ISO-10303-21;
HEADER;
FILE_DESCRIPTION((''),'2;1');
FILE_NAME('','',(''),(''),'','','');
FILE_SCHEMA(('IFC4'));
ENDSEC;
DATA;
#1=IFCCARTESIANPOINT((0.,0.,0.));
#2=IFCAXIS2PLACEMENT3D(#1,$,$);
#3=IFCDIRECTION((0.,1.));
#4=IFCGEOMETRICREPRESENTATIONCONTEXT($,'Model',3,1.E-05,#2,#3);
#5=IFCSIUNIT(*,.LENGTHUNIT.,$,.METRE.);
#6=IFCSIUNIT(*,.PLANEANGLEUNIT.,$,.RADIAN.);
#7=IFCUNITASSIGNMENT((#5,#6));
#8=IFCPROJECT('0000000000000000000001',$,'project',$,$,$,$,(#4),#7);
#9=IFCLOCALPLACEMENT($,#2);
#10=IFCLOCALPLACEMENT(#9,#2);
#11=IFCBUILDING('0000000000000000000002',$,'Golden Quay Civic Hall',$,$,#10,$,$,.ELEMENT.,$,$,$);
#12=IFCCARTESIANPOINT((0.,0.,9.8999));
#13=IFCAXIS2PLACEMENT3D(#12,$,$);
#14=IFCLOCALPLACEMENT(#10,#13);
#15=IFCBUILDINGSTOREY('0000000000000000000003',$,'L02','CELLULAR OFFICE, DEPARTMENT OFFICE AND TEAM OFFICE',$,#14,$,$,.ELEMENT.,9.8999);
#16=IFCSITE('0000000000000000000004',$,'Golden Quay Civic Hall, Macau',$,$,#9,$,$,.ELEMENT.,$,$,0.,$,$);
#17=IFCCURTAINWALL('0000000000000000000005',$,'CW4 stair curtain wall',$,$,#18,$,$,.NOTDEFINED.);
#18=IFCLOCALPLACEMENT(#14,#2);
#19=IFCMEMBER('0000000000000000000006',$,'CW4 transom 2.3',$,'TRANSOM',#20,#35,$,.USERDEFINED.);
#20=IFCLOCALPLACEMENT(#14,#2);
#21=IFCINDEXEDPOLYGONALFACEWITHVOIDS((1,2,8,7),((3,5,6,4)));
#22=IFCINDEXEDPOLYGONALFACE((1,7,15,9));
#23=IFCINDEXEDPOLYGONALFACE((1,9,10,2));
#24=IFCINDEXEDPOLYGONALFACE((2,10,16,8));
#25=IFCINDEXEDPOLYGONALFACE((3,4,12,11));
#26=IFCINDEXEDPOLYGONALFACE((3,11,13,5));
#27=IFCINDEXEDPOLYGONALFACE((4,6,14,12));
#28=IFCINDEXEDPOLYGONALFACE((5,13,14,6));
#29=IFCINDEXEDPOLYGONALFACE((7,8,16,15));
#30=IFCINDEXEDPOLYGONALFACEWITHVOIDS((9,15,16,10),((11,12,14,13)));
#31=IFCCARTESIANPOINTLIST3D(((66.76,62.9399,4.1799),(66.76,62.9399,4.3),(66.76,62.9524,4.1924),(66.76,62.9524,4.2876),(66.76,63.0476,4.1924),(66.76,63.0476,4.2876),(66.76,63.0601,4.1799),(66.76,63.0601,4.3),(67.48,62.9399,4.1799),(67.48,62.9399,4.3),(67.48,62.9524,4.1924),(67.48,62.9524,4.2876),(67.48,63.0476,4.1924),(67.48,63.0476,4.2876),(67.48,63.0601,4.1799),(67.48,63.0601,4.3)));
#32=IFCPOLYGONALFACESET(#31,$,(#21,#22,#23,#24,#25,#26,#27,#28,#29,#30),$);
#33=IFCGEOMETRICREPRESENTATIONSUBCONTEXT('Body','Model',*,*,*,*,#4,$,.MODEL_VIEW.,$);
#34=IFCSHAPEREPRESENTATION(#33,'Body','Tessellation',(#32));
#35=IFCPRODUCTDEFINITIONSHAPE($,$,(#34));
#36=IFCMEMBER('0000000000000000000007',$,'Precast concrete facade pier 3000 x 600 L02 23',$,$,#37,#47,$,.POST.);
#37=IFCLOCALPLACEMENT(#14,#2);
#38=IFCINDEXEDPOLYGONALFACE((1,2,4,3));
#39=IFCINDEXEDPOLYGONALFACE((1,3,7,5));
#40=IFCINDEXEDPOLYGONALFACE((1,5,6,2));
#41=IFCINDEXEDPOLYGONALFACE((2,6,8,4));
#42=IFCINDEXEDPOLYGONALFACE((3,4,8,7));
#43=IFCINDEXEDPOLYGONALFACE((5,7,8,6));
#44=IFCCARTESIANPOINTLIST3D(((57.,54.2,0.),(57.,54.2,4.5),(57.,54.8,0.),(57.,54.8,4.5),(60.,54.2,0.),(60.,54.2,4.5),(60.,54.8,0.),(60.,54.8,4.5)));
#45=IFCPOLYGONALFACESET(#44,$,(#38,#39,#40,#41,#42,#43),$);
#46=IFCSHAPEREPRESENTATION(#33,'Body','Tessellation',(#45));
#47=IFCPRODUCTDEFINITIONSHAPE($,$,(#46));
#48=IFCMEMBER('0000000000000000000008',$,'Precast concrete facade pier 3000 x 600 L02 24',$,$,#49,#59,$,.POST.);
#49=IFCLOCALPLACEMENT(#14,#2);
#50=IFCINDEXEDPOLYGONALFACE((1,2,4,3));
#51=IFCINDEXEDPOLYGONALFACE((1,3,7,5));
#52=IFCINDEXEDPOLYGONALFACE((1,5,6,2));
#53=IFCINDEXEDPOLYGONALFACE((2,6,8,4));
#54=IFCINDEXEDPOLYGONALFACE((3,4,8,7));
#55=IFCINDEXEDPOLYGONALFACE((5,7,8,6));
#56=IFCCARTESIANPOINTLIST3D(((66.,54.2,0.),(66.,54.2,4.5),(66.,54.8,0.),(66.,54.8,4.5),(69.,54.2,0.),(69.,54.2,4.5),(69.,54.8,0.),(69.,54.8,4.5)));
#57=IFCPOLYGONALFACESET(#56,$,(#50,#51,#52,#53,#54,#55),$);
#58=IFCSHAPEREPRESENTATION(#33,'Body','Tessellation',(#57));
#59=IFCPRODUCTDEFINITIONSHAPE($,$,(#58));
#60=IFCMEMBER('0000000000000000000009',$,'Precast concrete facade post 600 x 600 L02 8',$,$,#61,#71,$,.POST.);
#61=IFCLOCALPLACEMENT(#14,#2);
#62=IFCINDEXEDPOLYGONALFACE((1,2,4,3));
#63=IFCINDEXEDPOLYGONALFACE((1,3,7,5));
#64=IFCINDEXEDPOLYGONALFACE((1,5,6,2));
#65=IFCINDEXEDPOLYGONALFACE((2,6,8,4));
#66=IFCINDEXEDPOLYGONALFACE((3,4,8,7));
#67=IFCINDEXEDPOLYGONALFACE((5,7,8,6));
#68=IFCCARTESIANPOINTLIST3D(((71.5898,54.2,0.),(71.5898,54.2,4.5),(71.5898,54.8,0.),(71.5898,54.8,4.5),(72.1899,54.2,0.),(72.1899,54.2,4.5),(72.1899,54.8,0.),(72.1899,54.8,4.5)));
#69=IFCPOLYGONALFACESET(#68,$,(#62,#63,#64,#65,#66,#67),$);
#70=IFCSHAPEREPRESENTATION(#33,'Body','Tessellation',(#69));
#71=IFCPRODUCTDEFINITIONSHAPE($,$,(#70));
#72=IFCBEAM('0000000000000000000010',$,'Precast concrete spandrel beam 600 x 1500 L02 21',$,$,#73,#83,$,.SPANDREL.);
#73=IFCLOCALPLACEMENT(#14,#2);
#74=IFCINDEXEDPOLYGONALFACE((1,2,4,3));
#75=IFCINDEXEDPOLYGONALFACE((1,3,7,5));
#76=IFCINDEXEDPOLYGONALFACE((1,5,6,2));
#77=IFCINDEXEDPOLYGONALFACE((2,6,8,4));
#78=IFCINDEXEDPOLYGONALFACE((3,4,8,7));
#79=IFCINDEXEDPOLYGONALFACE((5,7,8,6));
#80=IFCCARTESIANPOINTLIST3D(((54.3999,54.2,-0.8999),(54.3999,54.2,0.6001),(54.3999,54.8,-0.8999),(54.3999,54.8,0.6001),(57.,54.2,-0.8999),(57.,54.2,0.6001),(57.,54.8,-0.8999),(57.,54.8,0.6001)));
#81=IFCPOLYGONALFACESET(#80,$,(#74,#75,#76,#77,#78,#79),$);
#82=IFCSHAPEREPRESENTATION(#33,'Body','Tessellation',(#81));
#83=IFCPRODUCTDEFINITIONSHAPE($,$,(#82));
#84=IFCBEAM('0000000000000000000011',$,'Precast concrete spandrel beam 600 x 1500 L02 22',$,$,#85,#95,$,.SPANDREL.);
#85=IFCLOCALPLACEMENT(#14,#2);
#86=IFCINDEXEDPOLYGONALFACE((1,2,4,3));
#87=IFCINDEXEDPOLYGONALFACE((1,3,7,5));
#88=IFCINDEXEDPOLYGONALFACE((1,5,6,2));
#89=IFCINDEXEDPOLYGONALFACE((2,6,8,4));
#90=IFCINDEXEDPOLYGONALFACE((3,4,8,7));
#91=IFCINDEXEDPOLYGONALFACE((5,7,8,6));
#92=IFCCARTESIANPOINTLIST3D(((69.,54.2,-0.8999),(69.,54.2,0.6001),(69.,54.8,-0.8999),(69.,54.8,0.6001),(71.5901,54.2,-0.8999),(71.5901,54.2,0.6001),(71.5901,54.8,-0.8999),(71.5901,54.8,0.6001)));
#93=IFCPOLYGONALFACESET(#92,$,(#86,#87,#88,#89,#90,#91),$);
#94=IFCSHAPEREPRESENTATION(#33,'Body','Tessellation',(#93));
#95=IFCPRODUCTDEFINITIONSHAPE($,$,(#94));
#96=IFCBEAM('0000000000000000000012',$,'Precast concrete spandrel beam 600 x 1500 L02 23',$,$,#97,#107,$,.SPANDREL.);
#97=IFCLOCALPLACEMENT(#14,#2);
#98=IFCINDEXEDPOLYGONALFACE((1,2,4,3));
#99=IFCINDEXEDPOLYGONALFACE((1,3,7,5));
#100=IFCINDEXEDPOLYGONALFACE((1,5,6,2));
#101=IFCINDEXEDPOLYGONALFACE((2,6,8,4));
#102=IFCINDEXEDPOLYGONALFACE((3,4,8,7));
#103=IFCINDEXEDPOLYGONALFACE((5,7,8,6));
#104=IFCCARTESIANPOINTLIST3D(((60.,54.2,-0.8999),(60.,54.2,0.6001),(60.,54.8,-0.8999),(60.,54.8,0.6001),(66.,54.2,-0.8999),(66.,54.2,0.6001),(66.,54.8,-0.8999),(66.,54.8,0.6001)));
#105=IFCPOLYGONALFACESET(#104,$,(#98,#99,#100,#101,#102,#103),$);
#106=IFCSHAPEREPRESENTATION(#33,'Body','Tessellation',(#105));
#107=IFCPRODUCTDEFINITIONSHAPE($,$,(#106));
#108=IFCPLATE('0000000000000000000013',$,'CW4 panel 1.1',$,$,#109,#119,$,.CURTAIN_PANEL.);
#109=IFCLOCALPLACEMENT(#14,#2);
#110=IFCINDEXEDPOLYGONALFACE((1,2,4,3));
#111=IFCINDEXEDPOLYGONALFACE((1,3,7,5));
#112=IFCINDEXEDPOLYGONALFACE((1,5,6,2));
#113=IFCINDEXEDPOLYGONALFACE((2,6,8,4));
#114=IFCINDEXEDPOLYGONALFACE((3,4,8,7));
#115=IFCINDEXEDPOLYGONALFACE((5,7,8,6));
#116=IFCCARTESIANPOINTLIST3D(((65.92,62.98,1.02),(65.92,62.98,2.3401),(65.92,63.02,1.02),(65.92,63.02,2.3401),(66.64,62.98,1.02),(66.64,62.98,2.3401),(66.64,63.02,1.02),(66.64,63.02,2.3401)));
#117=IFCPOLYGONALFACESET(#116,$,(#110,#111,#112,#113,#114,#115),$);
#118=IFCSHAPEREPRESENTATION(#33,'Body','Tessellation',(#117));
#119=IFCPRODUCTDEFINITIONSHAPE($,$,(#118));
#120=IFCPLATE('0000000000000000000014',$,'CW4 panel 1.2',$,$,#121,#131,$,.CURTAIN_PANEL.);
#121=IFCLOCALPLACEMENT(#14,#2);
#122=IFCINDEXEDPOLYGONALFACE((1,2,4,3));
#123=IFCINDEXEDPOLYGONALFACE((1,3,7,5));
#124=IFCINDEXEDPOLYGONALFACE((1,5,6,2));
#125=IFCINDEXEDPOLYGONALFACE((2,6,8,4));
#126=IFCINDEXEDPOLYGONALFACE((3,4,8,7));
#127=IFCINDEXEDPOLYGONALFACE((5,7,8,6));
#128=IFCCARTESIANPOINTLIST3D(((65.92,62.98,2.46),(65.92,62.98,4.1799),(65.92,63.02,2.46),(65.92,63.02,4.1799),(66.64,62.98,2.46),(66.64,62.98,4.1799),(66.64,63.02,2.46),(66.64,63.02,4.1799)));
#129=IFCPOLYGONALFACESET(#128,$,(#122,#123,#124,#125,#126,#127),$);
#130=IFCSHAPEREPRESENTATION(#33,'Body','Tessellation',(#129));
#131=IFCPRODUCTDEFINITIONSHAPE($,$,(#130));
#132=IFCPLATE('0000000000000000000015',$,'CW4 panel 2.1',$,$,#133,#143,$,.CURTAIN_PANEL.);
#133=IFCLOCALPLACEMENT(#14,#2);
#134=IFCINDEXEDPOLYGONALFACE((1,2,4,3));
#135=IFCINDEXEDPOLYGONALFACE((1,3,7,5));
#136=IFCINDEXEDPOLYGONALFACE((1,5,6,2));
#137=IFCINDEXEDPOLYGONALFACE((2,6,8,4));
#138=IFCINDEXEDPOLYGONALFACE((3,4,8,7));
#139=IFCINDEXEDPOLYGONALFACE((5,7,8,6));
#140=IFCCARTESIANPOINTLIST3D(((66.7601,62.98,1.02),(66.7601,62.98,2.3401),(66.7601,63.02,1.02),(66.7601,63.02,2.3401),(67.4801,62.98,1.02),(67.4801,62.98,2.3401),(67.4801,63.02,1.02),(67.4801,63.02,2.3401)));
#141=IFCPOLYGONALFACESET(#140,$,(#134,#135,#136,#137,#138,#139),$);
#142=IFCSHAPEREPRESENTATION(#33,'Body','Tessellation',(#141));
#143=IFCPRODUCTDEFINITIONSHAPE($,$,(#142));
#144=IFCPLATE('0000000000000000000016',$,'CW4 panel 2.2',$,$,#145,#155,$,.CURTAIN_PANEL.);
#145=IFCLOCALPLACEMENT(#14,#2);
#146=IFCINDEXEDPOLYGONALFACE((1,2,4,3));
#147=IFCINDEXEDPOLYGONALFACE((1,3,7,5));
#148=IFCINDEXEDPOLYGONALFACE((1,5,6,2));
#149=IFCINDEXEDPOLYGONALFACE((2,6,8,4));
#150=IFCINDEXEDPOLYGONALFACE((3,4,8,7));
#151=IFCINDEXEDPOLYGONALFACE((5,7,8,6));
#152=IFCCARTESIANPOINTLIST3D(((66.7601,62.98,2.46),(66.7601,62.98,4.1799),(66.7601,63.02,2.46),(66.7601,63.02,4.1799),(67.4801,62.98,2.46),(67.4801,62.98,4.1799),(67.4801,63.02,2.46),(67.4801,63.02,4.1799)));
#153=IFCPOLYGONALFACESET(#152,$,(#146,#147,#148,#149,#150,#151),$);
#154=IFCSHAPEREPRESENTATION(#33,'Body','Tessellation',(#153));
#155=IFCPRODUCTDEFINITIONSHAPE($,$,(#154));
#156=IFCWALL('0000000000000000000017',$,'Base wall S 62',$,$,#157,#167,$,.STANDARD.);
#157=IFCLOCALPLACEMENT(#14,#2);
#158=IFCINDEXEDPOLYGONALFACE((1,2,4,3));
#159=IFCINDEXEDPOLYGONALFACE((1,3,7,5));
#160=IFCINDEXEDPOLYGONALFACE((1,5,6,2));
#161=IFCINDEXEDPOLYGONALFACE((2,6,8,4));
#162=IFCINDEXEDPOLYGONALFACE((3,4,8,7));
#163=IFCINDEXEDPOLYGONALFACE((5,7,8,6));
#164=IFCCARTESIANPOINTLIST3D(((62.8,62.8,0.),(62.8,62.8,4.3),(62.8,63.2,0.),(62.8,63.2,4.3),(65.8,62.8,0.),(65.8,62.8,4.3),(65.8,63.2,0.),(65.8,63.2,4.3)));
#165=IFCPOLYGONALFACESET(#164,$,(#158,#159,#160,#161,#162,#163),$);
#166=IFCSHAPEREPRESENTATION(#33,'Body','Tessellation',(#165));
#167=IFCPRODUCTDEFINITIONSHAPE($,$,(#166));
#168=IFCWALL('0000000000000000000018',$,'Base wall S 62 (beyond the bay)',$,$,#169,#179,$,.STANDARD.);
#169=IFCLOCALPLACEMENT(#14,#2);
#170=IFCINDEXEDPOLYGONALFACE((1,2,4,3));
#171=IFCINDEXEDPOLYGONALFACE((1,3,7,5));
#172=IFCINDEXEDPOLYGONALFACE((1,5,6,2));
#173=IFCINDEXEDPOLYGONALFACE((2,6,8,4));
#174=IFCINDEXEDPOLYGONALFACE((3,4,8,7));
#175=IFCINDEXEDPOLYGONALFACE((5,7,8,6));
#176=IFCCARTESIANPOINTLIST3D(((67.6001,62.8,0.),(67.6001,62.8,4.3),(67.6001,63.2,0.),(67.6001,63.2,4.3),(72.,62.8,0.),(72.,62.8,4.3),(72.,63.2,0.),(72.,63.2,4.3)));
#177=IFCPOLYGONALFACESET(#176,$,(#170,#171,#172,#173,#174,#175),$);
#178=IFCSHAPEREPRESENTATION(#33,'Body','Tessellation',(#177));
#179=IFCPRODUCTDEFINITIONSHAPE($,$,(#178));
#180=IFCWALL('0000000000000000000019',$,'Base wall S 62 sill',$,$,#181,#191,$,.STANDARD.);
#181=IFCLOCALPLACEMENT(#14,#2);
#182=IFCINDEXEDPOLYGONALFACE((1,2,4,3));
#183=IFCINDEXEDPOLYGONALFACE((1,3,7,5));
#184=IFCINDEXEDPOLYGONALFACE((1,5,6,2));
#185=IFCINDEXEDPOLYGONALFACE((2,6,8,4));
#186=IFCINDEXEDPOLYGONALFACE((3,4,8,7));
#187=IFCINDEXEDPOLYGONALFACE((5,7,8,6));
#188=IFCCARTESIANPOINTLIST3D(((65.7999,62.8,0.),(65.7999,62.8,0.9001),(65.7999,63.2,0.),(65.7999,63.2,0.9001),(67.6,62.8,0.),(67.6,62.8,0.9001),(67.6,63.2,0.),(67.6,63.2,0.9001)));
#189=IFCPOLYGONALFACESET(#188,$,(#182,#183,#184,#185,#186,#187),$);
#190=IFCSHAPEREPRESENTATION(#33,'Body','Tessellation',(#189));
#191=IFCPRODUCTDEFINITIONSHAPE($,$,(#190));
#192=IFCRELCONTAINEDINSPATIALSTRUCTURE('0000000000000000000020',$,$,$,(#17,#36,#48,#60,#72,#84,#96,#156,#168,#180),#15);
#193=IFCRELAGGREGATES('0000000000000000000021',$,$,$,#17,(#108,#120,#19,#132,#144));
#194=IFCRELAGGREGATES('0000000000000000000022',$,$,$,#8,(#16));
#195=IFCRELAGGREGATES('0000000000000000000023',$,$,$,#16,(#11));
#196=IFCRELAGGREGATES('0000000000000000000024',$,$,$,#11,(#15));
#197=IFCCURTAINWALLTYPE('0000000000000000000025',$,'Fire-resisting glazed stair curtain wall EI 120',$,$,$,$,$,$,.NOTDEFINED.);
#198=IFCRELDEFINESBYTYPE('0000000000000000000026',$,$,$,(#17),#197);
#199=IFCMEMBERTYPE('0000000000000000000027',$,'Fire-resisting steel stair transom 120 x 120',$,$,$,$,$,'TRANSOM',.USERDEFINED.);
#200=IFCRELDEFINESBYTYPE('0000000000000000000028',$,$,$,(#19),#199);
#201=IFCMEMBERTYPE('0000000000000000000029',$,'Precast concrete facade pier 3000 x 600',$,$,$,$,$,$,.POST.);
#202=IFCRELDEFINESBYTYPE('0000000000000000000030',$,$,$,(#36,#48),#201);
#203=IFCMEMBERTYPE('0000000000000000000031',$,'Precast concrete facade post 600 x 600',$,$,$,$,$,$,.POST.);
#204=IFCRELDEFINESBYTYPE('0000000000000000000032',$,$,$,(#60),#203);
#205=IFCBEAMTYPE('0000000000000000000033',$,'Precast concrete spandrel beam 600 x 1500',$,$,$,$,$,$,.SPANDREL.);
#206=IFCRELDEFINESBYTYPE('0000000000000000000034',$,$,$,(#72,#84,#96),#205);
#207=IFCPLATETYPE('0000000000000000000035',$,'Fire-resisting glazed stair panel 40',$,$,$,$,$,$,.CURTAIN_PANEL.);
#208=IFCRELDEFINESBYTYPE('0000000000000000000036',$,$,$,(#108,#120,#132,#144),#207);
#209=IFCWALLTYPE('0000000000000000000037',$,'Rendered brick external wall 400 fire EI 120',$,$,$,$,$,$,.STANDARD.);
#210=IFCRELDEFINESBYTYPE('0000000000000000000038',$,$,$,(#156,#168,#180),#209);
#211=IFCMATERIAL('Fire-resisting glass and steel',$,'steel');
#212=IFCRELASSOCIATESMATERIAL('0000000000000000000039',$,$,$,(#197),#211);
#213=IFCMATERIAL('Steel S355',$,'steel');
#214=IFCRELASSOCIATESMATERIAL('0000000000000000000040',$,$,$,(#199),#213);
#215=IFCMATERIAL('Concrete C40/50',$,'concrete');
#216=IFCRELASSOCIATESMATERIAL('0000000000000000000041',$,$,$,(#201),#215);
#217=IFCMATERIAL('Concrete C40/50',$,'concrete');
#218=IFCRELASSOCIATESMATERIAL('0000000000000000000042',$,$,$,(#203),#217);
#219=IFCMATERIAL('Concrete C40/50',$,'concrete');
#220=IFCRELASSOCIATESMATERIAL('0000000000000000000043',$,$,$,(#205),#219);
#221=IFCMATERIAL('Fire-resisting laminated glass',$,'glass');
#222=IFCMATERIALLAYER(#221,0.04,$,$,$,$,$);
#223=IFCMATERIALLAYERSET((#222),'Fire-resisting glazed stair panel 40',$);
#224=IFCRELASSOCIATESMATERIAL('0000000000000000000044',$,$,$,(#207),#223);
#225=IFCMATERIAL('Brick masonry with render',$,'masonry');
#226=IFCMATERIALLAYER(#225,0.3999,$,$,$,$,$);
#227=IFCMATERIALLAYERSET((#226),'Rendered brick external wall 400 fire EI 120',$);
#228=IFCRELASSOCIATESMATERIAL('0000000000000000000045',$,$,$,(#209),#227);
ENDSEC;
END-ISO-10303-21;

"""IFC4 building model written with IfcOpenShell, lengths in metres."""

from ifc_helpers import new_model, si_unit, direction, frame, frame_2d, origin, origin_2d, place, context, subcontext, project, spatial, rectangle, hollow_rectangle, extrude, material, layer, layer_set, material_profile, profile_set, type_object, element, aggregate, save


model = new_model("IFC4")

# Units and contexts
model_context = context("Model", 3, precision=1e-05, world=origin(), true_north=direction((0.0, 1.0)))
body_context = subcontext(model_context, "Body", "Model", "MODEL_VIEW")
ifc_project = project(units=[si_unit("LENGTHUNIT", "METRE"), si_unit("PLANEANGLEUNIT", "RADIAN")], contexts=[model_context])

# Site, building, storey
site_placement = place(None, origin())
site = spatial("IfcSite", under=ifc_project, at=site_placement, Name="Golden Quay Civic Hall, Macau", CompositionType="ELEMENT", RefElevation=0.0)
building_placement = place(site_placement, origin())
building = spatial("IfcBuilding", under=site, at=building_placement, Name="Golden Quay Civic Hall", CompositionType="ELEMENT")
storey_placement = place(building_placement, frame((0.0, 0.0, 9.8999)))
storey = spatial("IfcBuildingStorey", under=building, at=storey_placement, Name="L02", Description="CELLULAR OFFICE, DEPARTMENT OFFICE AND TEAM OFFICE", CompositionType="ELEMENT", Elevation=9.8999)

# Curtain wall, member
ifc_material_1 = material(Name="Fire-resisting glass and steel", Category="steel")
curtain_wall_type = type_object("IfcCurtainWallType", Name="Fire-resisting glazed stair curtain wall EI 120", PredefinedType="NOTDEFINED", material=ifc_material_1)
curtain_wall_placement = place(storey_placement, origin())
curtain_wall = element("IfcCurtainWall", 1, at=curtain_wall_placement, inside=storey, type_object=curtain_wall_type, Name="CW4 stair curtain wall", PredefinedType="NOTDEFINED")
ifc_material_2 = material(Name="Steel S355", Category="steel")
ifc_material_profile_1 = material_profile(ifc_material_2, hollow_rectangle(XDim=0.1201, YDim=0.1201, WallThickness=0.0125, at=origin_2d()), Name="SHS 120x120x12.5")
ifc_profile_set_1 = profile_set([ifc_material_profile_1], Name="Steel S355")
member_type_1 = type_object("IfcMemberType", Name="Fire-resisting steel stair transom 120 x 120", ElementType="TRANSOM", PredefinedType="USERDEFINED", material=ifc_profile_set_1)
member_1_placement = place(storey_placement, frame((66.76, 63.0, 4.24), z_axis=(1.0, 0.0, 0.0), x_axis=(0.0, 1.0, 0.0)))
member_1 = element("IfcMember", 2, at=member_1_placement, type_object=member_type_1, Name="CW4 transom 2.3", ObjectType="TRANSOM", PredefinedType="USERDEFINED", context=body_context, shape_type="SweptSolid", body=[
    extrude(hollow_rectangle(XDim=0.1201, YDim=0.1201, WallThickness=0.0125, at=origin_2d()), origin(), (0.0, 0.0, 1.0), 0.72),
])

# Members
ifc_material_3 = material(Name="Concrete C40/50", Category="concrete")
ifc_material_profile_2 = material_profile(ifc_material_3, rectangle(XDim=3.0, YDim=0.6001, at=origin_2d()), Name="RC 3000x600")
ifc_profile_set_2 = profile_set([ifc_material_profile_2], Name="Concrete C40/50")
member_type_2 = type_object("IfcMemberType", Name="Precast concrete facade pier 3000 x 600", PredefinedType="POST", material=ifc_profile_set_2)
for number, where, z_axis, x_axis, name in (
    (3, (58.5, 54.5, 0.0), (0.0, 0.0, 1.0), (1.0, 0.0, 0.0), "Precast concrete facade pier 3000 x 600 L02 23"),
    (4, (67.5, 54.5, 0.0), (0.0, 0.0, 1.0), (1.0, 0.0, 0.0), "Precast concrete facade pier 3000 x 600 L02 24"),
):
    element("IfcMember", number, at=place(storey_placement, frame(where, z_axis=z_axis, x_axis=x_axis)), inside=storey, type_object=member_type_2, Name=name, PredefinedType="POST", context=body_context, shape_type="SweptSolid", body=[
        extrude(rectangle(XDim=3.0, YDim=0.6001, at=origin_2d()), origin(), (0.0, 0.0, 1.0), 4.5),
    ])
ifc_material_4 = material(Name="Concrete C40/50", Category="concrete")
ifc_material_profile_3 = material_profile(ifc_material_4, rectangle(XDim=0.6001, YDim=0.6001, at=origin_2d()), Name="RC 600x600")
ifc_profile_set_3 = profile_set([ifc_material_profile_3], Name="Concrete C40/50")
member_type_3 = type_object("IfcMemberType", Name="Precast concrete facade post 600 x 600", PredefinedType="POST", material=ifc_profile_set_3)
member_2_placement = place(storey_placement, frame((71.8899, 54.5, 0.0), z_axis=(0.0, 0.0, 1.0), x_axis=(1.0, 0.0, 0.0)))
element("IfcMember", 5, at=member_2_placement, inside=storey, type_object=member_type_3, Name="Precast concrete facade post 600 x 600 L02 8", PredefinedType="POST", context=body_context, shape_type="SweptSolid", body=[
    extrude(rectangle(XDim=0.6001, YDim=0.6001, at=origin_2d()), origin(), (0.0, 0.0, 1.0), 4.5),
])

# Beams
ifc_material_5 = material(Name="Concrete C40/50", Category="concrete")
ifc_material_profile_4 = material_profile(ifc_material_5, rectangle(XDim=0.6001, YDim=1.5, at=origin_2d()), Name="RC 600x1500")
ifc_profile_set_4 = profile_set([ifc_material_profile_4], Name="Concrete C40/50")
beam_type = type_object("IfcBeamType", Name="Precast concrete spandrel beam 600 x 1500", PredefinedType="SPANDREL", material=ifc_profile_set_4)
beam_1_placement = place(storey_placement, frame((54.3999, 54.5, -0.1499), z_axis=(1.0, 0.0, 0.0), x_axis=(0.0, 1.0, 0.0)))
element("IfcBeam", 6, at=beam_1_placement, inside=storey, type_object=beam_type, Name="Precast concrete spandrel beam 600 x 1500 L02 21", PredefinedType="SPANDREL", context=body_context, shape_type="SweptSolid", body=[
    extrude(rectangle(XDim=0.6001, YDim=1.5, at=origin_2d()), origin(), (0.0, 0.0, 1.0), 2.6001),
])
beam_2_placement = place(storey_placement, frame((69.0, 54.5, -0.1499), z_axis=(1.0, 0.0, 0.0), x_axis=(0.0, 1.0, 0.0)))
element("IfcBeam", 7, at=beam_2_placement, inside=storey, type_object=beam_type, Name="Precast concrete spandrel beam 600 x 1500 L02 22", PredefinedType="SPANDREL", context=body_context, shape_type="SweptSolid", body=[
    extrude(rectangle(XDim=0.6001, YDim=1.5, at=origin_2d()), origin(), (0.0, 0.0, 1.0), 2.5901),
])
beam_3_placement = place(storey_placement, frame((60.0, 54.5, -0.1499), z_axis=(1.0, 0.0, 0.0), x_axis=(0.0, 1.0, 0.0)))
element("IfcBeam", 8, at=beam_3_placement, inside=storey, type_object=beam_type, Name="Precast concrete spandrel beam 600 x 1500 L02 23", PredefinedType="SPANDREL", context=body_context, shape_type="SweptSolid", body=[
    extrude(rectangle(XDim=0.6001, YDim=1.5, at=origin_2d()), origin(), (0.0, 0.0, 1.0), 6.0),
])

# Plates
ifc_material_6 = material(Name="Fire-resisting laminated glass", Category="glass")
ifc_layer_1 = layer(ifc_material_6, 0.04)
ifc_layer_set_1 = layer_set([ifc_layer_1], Name="Fire-resisting glazed stair panel 40")
plate_type = type_object("IfcPlateType", Name="Fire-resisting glazed stair panel 40", PredefinedType="CURTAIN_PANEL", material=ifc_layer_set_1)
plate_1_placement = place(storey_placement, frame((66.28, 63.0, 1.02), z_axis=(0.0, 0.0, 1.0), x_axis=(1.0, 0.0, 0.0)))
plate_1 = element("IfcPlate", 9, at=plate_1_placement, type_object=plate_type, Name="CW4 panel 1.1", PredefinedType="CURTAIN_PANEL", context=body_context, shape_type="SweptSolid", body=[
    extrude(rectangle(XDim=0.72, YDim=0.04, at=origin_2d()), origin(), (0.0, 0.0, 1.0), 1.3201),
])
plate_2_placement = place(storey_placement, frame((66.28, 63.0, 2.46), z_axis=(0.0, 0.0, 1.0), x_axis=(1.0, 0.0, 0.0)))
plate_2 = element("IfcPlate", 10, at=plate_2_placement, type_object=plate_type, Name="CW4 panel 1.2", PredefinedType="CURTAIN_PANEL", context=body_context, shape_type="SweptSolid", body=[
    extrude(rectangle(XDim=0.72, YDim=0.04, at=origin_2d()), origin(), (0.0, 0.0, 1.0), 1.72),
])
plate_3_placement = place(storey_placement, frame((67.1201, 63.0, 1.02), z_axis=(0.0, 0.0, 1.0), x_axis=(1.0, 0.0, 0.0)))
plate_3 = element("IfcPlate", 11, at=plate_3_placement, type_object=plate_type, Name="CW4 panel 2.1", PredefinedType="CURTAIN_PANEL", context=body_context, shape_type="SweptSolid", body=[
    extrude(rectangle(XDim=0.72, YDim=0.04, at=origin_2d()), origin(), (0.0, 0.0, 1.0), 1.3201),
])
plate_4_placement = place(storey_placement, frame((67.1201, 63.0, 2.46), z_axis=(0.0, 0.0, 1.0), x_axis=(1.0, 0.0, 0.0)))
plate_4 = element("IfcPlate", 12, at=plate_4_placement, type_object=plate_type, Name="CW4 panel 2.2", PredefinedType="CURTAIN_PANEL", context=body_context, shape_type="SweptSolid", body=[
    extrude(rectangle(XDim=0.72, YDim=0.04, at=origin_2d()), origin(), (0.0, 0.0, 1.0), 1.72),
])
aggregate(curtain_wall, [plate_1, plate_2, member_1, plate_3, plate_4])

# Walls
ifc_material_7 = material(Name="Brick masonry with render", Category="masonry")
ifc_layer_2 = layer(ifc_material_7, 0.3999)
ifc_layer_set_2 = layer_set([ifc_layer_2], Name="Rendered brick external wall 400 fire EI 120")
wall_type = type_object("IfcWallType", Name="Rendered brick external wall 400 fire EI 120", PredefinedType="STANDARD", material=ifc_layer_set_2)
wall_1_placement = place(storey_placement, frame((62.8, 63.0, 0.0), z_axis=(0.0, 0.0, 1.0), x_axis=(1.0, 0.0, 0.0)))
element("IfcWall", 13, at=wall_1_placement, inside=storey, type_object=wall_type, Name="Base wall S 62", PredefinedType="STANDARD", context=body_context, shape_type="SweptSolid", body=[
    extrude(rectangle(XDim=3.0, YDim=0.3999, at=frame_2d((1.5, 0.0))), origin(), (0.0, 0.0, 1.0), 4.3),
])
wall_2_placement = place(storey_placement, frame((67.6001, 63.0, 0.0), z_axis=(0.0, 0.0, 1.0), x_axis=(1.0, 0.0, 0.0)))
element("IfcWall", 14, at=wall_2_placement, inside=storey, type_object=wall_type, Name="Base wall S 62 (beyond the bay)", PredefinedType="STANDARD", context=body_context, shape_type="SweptSolid", body=[
    extrude(rectangle(XDim=4.3999, YDim=0.3999, at=frame_2d((2.2, 0.0))), origin(), (0.0, 0.0, 1.0), 4.3),
])
wall_3_placement = place(storey_placement, frame((65.8, 63.0, 0.0), z_axis=(0.0, 0.0, 1.0), x_axis=(1.0, 0.0, 0.0)))
element("IfcWall", 15, at=wall_3_placement, inside=storey, type_object=wall_type, Name="Base wall S 62 sill", PredefinedType="STANDARD", context=body_context, shape_type="SweptSolid", body=[
    extrude(rectangle(XDim=1.8, YDim=0.3999, at=frame_2d((0.8999, 0.0))), origin(), (0.0, 0.0, 1.0), 0.9001),
])

save(model, "model.ifc")
